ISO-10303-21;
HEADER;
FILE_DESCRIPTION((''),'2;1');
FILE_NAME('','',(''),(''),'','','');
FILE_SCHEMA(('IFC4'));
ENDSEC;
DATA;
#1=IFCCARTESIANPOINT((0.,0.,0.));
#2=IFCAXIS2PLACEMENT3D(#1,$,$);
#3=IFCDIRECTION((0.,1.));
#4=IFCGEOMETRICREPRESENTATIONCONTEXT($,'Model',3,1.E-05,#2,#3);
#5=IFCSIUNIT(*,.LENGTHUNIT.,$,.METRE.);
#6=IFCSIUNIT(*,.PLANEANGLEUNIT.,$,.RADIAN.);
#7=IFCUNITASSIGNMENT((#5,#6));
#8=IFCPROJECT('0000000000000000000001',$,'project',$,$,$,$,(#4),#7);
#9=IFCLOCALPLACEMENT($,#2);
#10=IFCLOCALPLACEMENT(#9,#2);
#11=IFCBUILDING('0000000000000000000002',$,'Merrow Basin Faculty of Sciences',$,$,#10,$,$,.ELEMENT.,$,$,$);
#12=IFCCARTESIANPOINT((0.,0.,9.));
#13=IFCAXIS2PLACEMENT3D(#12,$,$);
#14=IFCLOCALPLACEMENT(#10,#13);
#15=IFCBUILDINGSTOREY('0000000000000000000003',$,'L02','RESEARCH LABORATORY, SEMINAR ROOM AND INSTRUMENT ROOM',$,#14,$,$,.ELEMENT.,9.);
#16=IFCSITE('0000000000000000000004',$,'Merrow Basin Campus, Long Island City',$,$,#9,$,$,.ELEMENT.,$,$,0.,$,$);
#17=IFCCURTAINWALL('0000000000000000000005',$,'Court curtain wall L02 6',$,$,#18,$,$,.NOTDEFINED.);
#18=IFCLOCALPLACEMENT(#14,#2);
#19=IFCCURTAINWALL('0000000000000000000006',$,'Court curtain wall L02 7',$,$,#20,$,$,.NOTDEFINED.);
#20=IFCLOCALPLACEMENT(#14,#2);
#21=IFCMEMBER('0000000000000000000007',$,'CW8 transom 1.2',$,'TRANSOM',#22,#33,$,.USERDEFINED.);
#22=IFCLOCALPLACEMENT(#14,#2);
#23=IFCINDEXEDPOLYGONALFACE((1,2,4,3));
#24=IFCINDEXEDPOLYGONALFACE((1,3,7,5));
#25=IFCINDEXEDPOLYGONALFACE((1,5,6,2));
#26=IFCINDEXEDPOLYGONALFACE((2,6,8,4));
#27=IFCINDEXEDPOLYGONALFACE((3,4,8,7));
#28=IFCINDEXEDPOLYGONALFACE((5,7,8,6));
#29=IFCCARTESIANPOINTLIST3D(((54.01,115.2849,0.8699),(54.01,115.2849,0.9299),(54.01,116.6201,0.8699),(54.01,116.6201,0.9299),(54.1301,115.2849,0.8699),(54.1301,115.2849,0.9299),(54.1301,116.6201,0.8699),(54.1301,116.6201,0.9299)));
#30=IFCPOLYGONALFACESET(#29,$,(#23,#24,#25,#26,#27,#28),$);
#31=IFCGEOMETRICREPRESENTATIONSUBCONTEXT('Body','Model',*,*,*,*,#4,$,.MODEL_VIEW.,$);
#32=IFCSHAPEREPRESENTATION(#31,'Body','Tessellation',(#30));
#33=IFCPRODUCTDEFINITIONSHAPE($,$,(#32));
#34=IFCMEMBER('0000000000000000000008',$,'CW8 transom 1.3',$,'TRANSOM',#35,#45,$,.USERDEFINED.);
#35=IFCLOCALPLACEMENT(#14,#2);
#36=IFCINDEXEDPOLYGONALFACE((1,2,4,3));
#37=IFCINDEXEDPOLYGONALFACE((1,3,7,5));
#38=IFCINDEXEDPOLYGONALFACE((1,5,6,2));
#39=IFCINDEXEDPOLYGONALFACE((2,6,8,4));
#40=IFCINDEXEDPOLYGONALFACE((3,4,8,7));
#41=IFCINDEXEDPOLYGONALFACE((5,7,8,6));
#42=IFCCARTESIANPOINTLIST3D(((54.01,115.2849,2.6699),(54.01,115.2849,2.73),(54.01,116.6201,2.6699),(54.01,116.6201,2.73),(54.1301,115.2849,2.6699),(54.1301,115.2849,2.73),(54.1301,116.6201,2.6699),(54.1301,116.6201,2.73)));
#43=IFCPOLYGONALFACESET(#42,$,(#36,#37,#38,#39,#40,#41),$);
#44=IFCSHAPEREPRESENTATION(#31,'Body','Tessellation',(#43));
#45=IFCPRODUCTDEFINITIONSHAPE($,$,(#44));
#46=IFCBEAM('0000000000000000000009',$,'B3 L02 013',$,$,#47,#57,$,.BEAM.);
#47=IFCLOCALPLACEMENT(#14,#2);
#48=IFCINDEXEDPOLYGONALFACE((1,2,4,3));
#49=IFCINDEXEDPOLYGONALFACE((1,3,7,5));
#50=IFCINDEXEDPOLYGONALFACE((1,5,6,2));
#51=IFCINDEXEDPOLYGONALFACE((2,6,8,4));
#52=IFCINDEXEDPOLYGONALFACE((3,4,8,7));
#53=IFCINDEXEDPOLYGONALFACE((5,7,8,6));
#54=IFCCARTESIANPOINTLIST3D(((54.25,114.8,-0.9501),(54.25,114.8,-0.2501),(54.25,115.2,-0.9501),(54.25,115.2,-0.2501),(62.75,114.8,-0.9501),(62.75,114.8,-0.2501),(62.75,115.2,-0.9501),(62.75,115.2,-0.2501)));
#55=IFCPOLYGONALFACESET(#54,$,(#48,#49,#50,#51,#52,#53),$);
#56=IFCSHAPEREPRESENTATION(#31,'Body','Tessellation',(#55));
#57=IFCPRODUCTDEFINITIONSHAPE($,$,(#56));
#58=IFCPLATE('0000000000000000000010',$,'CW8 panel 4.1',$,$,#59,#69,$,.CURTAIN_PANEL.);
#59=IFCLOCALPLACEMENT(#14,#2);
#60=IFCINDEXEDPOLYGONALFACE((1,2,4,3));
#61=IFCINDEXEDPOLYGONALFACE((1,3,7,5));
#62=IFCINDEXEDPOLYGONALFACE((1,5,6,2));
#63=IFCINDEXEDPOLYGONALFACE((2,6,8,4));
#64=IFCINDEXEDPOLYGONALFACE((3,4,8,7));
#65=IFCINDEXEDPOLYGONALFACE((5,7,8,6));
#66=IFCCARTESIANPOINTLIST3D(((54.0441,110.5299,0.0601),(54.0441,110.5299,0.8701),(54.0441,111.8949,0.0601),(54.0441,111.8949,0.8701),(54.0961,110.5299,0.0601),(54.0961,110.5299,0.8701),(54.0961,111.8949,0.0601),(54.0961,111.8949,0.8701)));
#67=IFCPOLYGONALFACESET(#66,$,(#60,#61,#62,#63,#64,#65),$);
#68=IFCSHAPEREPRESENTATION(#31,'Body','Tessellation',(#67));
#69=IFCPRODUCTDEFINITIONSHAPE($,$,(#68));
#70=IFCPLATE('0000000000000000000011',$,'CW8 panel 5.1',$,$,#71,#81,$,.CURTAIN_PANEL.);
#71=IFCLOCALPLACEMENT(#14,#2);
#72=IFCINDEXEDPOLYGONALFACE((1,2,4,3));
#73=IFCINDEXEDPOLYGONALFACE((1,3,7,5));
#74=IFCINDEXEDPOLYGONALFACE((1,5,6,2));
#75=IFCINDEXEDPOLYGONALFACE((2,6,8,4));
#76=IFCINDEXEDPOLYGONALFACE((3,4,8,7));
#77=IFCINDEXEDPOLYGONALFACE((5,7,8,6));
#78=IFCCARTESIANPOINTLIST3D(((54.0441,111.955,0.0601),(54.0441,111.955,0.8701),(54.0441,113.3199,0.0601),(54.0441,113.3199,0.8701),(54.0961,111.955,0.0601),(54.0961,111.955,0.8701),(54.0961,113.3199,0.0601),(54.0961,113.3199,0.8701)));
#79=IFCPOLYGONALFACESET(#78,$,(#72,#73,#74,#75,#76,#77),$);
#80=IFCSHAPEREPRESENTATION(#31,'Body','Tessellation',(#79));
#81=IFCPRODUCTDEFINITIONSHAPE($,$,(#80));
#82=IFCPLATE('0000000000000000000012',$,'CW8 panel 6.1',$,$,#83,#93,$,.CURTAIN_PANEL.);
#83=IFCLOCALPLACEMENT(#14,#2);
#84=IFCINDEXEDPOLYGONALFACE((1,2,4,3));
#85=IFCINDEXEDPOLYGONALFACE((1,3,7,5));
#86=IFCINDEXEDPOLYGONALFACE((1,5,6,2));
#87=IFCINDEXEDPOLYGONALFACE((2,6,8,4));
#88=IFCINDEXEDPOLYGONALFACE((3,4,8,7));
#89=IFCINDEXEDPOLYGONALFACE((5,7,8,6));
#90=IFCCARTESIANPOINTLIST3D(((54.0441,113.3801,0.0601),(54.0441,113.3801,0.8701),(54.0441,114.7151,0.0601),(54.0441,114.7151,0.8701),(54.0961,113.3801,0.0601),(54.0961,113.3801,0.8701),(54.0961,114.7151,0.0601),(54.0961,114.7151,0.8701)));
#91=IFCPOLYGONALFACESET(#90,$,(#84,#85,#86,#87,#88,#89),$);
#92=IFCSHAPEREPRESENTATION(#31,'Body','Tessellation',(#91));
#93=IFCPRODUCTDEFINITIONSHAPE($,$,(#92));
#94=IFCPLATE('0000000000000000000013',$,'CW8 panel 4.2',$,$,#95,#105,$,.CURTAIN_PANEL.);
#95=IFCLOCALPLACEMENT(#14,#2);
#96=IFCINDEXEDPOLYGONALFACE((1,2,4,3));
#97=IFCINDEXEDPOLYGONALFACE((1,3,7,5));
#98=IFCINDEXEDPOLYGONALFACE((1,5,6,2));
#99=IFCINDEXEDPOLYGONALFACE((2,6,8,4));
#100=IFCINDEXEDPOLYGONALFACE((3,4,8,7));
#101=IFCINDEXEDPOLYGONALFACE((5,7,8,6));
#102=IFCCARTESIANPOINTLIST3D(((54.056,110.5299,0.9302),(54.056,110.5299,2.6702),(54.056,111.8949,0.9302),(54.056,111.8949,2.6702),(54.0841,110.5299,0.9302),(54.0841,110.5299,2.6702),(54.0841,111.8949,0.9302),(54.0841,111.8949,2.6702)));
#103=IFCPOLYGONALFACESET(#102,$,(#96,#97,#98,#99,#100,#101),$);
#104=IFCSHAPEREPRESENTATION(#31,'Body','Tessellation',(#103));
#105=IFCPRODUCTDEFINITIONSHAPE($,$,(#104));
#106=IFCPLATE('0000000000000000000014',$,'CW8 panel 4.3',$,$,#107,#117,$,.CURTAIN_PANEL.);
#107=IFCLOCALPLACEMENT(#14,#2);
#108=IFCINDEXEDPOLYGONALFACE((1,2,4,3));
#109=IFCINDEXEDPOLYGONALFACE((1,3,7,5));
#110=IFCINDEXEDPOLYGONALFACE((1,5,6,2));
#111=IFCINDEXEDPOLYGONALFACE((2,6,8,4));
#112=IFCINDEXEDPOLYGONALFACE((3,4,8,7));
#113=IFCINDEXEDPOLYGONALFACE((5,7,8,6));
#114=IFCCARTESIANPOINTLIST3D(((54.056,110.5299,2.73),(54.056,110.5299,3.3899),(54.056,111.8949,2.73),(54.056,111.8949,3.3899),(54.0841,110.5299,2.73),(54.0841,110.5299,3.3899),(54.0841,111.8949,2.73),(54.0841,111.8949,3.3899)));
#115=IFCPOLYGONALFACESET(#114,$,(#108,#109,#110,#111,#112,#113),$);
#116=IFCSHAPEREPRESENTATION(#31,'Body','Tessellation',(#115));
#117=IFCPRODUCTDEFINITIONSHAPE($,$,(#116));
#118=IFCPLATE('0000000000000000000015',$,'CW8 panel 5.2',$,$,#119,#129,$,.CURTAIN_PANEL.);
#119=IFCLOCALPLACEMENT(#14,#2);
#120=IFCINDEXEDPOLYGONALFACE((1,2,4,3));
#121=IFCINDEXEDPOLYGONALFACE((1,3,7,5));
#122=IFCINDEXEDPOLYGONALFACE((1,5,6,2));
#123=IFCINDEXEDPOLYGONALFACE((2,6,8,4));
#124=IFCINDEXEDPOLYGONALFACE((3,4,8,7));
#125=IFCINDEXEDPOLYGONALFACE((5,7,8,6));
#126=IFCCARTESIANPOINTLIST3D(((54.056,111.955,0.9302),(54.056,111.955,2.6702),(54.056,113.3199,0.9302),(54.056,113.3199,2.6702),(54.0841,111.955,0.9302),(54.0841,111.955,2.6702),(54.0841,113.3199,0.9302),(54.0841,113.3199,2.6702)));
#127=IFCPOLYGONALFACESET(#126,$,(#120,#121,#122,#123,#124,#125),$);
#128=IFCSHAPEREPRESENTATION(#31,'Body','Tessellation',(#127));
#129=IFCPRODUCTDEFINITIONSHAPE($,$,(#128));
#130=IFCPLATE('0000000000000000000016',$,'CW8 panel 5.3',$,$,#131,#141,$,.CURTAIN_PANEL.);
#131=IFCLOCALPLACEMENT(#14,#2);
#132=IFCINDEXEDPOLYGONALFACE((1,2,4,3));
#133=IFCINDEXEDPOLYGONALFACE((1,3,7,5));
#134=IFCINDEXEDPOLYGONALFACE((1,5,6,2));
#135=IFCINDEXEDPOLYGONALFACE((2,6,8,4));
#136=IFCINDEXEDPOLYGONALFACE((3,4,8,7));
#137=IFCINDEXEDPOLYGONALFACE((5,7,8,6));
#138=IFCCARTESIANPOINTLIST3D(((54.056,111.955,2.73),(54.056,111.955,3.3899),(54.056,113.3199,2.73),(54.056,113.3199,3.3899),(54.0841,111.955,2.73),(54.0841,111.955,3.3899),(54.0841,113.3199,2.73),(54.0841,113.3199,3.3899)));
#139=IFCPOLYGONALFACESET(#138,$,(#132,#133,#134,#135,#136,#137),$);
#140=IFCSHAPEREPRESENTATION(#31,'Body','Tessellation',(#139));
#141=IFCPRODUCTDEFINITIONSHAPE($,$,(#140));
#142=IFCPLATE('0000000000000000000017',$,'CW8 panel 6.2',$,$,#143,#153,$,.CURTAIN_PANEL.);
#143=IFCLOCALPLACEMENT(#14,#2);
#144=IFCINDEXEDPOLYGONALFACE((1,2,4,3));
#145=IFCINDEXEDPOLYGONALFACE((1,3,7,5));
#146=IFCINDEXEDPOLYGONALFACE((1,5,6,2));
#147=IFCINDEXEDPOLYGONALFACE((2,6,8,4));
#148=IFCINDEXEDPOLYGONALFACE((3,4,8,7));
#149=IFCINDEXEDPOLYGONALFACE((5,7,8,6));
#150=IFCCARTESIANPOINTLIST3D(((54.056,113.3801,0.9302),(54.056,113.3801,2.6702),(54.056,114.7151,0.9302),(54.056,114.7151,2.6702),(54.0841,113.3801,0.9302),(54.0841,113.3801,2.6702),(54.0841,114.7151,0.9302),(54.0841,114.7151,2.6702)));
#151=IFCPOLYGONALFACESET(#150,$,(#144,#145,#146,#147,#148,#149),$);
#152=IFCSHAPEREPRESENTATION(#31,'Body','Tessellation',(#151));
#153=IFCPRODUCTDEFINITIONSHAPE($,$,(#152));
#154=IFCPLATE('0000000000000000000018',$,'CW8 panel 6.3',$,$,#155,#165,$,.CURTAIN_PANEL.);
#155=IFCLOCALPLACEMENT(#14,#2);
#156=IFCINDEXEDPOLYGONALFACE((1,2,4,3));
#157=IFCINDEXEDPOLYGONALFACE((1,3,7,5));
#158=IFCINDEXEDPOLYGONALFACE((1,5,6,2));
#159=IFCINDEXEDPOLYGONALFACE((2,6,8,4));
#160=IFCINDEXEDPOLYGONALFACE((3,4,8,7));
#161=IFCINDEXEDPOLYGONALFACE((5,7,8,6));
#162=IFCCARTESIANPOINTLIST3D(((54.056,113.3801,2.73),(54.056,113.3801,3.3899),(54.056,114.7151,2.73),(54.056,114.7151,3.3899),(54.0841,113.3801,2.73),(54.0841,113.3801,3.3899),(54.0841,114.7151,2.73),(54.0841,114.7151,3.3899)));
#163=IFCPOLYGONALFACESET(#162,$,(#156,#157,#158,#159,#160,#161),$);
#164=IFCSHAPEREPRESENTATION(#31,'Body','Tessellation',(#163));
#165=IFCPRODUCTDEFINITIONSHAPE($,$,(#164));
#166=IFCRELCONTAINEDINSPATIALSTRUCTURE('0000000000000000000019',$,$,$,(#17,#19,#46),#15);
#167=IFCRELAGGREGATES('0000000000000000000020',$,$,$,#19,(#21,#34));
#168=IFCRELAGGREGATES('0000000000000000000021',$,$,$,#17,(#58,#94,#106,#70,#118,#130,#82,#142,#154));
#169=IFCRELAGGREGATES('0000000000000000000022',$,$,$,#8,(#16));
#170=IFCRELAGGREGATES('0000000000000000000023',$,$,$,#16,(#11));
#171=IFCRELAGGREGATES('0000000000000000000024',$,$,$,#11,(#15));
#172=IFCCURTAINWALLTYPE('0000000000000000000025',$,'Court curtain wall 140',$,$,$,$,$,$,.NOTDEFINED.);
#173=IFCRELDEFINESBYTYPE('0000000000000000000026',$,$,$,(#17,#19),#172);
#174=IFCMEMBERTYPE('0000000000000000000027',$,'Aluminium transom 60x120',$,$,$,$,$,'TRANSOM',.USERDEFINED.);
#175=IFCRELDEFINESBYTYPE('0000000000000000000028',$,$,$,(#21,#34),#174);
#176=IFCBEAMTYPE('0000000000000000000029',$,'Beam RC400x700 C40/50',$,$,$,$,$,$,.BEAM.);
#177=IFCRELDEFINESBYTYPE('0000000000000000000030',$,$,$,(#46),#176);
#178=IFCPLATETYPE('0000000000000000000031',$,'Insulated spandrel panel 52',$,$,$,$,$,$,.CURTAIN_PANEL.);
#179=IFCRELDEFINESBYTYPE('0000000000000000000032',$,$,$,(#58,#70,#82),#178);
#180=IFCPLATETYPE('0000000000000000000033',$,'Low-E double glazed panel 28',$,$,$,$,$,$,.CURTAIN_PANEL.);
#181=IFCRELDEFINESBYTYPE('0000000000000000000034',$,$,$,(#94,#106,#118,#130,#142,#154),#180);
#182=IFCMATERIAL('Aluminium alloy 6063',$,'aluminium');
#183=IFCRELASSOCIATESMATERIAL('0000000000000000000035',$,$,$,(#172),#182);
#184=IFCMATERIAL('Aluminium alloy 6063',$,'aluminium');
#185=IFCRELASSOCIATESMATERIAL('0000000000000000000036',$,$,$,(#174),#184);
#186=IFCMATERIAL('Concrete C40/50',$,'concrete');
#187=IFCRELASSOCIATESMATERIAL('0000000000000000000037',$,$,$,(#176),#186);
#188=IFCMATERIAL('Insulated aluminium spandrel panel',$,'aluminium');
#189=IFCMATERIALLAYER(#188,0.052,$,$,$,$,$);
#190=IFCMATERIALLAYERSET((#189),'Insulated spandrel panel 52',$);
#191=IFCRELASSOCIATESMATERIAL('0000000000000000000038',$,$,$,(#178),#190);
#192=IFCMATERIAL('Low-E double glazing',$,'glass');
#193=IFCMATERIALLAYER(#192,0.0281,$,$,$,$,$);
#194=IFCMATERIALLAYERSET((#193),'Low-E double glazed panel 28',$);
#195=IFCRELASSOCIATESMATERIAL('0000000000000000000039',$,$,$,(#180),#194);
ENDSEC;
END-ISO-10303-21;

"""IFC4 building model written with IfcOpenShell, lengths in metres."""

from ifc_helpers import new_model, si_unit, direction, frame, origin, origin_2d, place, context, subcontext, project, spatial, rectangle, extrude, material, layer, layer_set, material_profile, profile_set, type_object, element, aggregate, save


model = new_model("IFC4")

# Units and contexts
model_context = context("Model", 3, precision=1e-05, world=origin(), true_north=direction((0.0, 1.0)))
body_context = subcontext(model_context, "Body", "Model", "MODEL_VIEW")
ifc_project = project(units=[si_unit("LENGTHUNIT", "METRE"), si_unit("PLANEANGLEUNIT", "RADIAN")], contexts=[model_context])

# Site, building, storey
site_placement = place(None, origin())
site = spatial("IfcSite", under=ifc_project, at=site_placement, Name="Merrow Basin Campus, Long Island City", CompositionType="ELEMENT", RefElevation=0.0)
building_placement = place(site_placement, origin())
building = spatial("IfcBuilding", under=site, at=building_placement, Name="Merrow Basin Faculty of Sciences", CompositionType="ELEMENT")
storey_placement = place(building_placement, frame((0.0, 0.0, 9.0)))
storey = spatial("IfcBuildingStorey", under=building, at=storey_placement, Name="L02", Description="RESEARCH LABORATORY, SEMINAR ROOM AND INSTRUMENT ROOM", CompositionType="ELEMENT", Elevation=9.0)

# Curtain wall
ifc_material_1 = material(Name="Aluminium alloy 6063", Category="aluminium")
curtain_wall_type = type_object("IfcCurtainWallType", Name="Court curtain wall 140", PredefinedType="NOTDEFINED", material=ifc_material_1)
curtain_wall_1_placement = place(storey_placement, origin())
curtain_wall_1 = element("IfcCurtainWall", 1, at=curtain_wall_1_placement, inside=storey, type_object=curtain_wall_type, Name="Court curtain wall L02 6", PredefinedType="NOTDEFINED")

# Curtain wall
curtain_wall_2_placement = place(storey_placement, origin())
curtain_wall_2 = element("IfcCurtainWall", 2, at=curtain_wall_2_placement, inside=storey, type_object=curtain_wall_type, Name="Court curtain wall L02 7", PredefinedType="NOTDEFINED")

# Members
ifc_material_2 = material(Name="Aluminium alloy 6063", Category="aluminium")
ifc_material_profile_1 = material_profile(ifc_material_2, rectangle(XDim=0.1201, YDim=0.0601, at=origin_2d()))
ifc_profile_set_1 = profile_set([ifc_material_profile_1], Name="Aluminium alloy 6063")
member_type_1 = type_object("IfcMemberType", Name="Aluminium transom 60x120", ElementType="TRANSOM", PredefinedType="USERDEFINED", material=ifc_profile_set_1)
member_1_placement = place(storey_placement, frame((54.0701, 115.2849, 0.8999), z_axis=(0.0, 1.0, 0.0), x_axis=(-1.0, 0.0, 0.0)))
member_1 = element("IfcMember", 3, at=member_1_placement, type_object=member_type_1, Name="CW8 transom 1.2", ObjectType="TRANSOM", PredefinedType="USERDEFINED", context=body_context, shape_type="SweptSolid", body=[
    extrude(rectangle(XDim=0.1201, YDim=0.0601, at=origin_2d()), origin(), (0.0, 0.0, 1.0), 1.3352),
])
member_2_placement = place(storey_placement, frame((54.0701, 115.2849, 2.7), z_axis=(0.0, 1.0, 0.0), x_axis=(-1.0, 0.0, 0.0)))
member_2 = element("IfcMember", 4, at=member_2_placement, type_object=member_type_1, Name="CW8 transom 1.3", ObjectType="TRANSOM", PredefinedType="USERDEFINED", context=body_context, shape_type="SweptSolid", body=[
    extrude(rectangle(XDim=0.1201, YDim=0.0601, at=origin_2d()), origin(), (0.0, 0.0, 1.0), 1.3352),
])
aggregate(curtain_wall_2, [member_1, member_2])

# Beam
ifc_material_3 = material(Name="Concrete C40/50", Category="concrete")
ifc_material_profile_2 = material_profile(ifc_material_3, rectangle(XDim=0.3999, YDim=0.7, at=origin_2d()))
ifc_profile_set_2 = profile_set([ifc_material_profile_2], Name="Concrete C40/50")
beam_type = type_object("IfcBeamType", Name="Beam RC400x700 C40/50", PredefinedType="BEAM", material=ifc_profile_set_2)
beam_placement = place(storey_placement, frame((54.25, 115.0, -0.6001), z_axis=(1.0, 0.0, 0.0), x_axis=(0.0, 1.0, 0.0)))
element("IfcBeam", 5, at=beam_placement, inside=storey, type_object=beam_type, Name="B3 L02 013", PredefinedType="BEAM", context=body_context, shape_type="SweptSolid", body=[
    extrude(rectangle(XDim=0.3999, YDim=0.7, at=origin_2d()), origin(), (0.0, 0.0, 1.0), 8.5),
])

# Plates
ifc_material_4 = material(Name="Insulated aluminium spandrel panel", Category="aluminium")
ifc_layer_1 = layer(ifc_material_4, 0.052)
ifc_layer_set_1 = layer_set([ifc_layer_1], Name="Insulated spandrel panel 52")
plate_type_1 = type_object("IfcPlateType", Name="Insulated spandrel panel 52", PredefinedType="CURTAIN_PANEL", material=ifc_layer_set_1)
plate_1_placement = place(storey_placement, frame((54.0701, 111.2124, 0.0601), z_axis=(0.0, 0.0, 1.0), x_axis=(0.0, 1.0, 0.0)))
plate_1 = element("IfcPlate", 6, at=plate_1_placement, type_object=plate_type_1, Name="CW8 panel 4.1", PredefinedType="CURTAIN_PANEL", context=body_context, shape_type="SweptSolid", body=[
    extrude(rectangle(XDim=1.365, YDim=0.052, at=origin_2d()), origin(), (0.0, 0.0, 1.0), 0.8101),
])
plate_2_placement = place(storey_placement, frame((54.0701, 112.6375, 0.0601), z_axis=(0.0, 0.0, 1.0), x_axis=(0.0, 1.0, 0.0)))
plate_2 = element("IfcPlate", 7, at=plate_2_placement, type_object=plate_type_1, Name="CW8 panel 5.1", PredefinedType="CURTAIN_PANEL", context=body_context, shape_type="SweptSolid", body=[
    extrude(rectangle(XDim=1.365, YDim=0.052, at=origin_2d()), origin(), (0.0, 0.0, 1.0), 0.8101),
])
plate_3_placement = place(storey_placement, frame((54.0701, 114.0476, 0.0601), z_axis=(0.0, 0.0, 1.0), x_axis=(0.0, 1.0, 0.0)))
plate_3 = element("IfcPlate", 8, at=plate_3_placement, type_object=plate_type_1, Name="CW8 panel 6.1", PredefinedType="CURTAIN_PANEL", context=body_context, shape_type="SweptSolid", body=[
    extrude(rectangle(XDim=1.335, YDim=0.052, at=origin_2d()), origin(), (0.0, 0.0, 1.0), 0.8101),
])
ifc_material_5 = material(Name="Low-E double glazing", Category="glass")
ifc_layer_2 = layer(ifc_material_5, 0.0281)
ifc_layer_set_2 = layer_set([ifc_layer_2], Name="Low-E double glazed panel 28")
plate_type_2 = type_object("IfcPlateType", Name="Low-E double glazed panel 28", PredefinedType="CURTAIN_PANEL", material=ifc_layer_set_2)
plate_4_placement = place(storey_placement, frame((54.0701, 111.2124, 0.9302), z_axis=(0.0, 0.0, 1.0), x_axis=(0.0, 1.0, 0.0)))
plate_4 = element("IfcPlate", 9, at=plate_4_placement, type_object=plate_type_2, Name="CW8 panel 4.2", PredefinedType="CURTAIN_PANEL", context=body_context, shape_type="SweptSolid", body=[
    extrude(rectangle(XDim=1.365, YDim=0.0281, at=origin_2d()), origin(), (0.0, 0.0, 1.0), 1.74),
])
plate_5_placement = place(storey_placement, frame((54.0701, 111.2124, 2.73), z_axis=(0.0, 0.0, 1.0), x_axis=(0.0, 1.0, 0.0)))
plate_5 = element("IfcPlate", 10, at=plate_5_placement, type_object=plate_type_2, Name="CW8 panel 4.3", PredefinedType="CURTAIN_PANEL", context=body_context, shape_type="SweptSolid", body=[
    extrude(rectangle(XDim=1.365, YDim=0.0281, at=origin_2d()), origin(), (0.0, 0.0, 1.0), 0.6599),
])
plate_6_placement = place(storey_placement, frame((54.0701, 112.6375, 0.9302), z_axis=(0.0, 0.0, 1.0), x_axis=(0.0, 1.0, 0.0)))
plate_6 = element("IfcPlate", 11, at=plate_6_placement, type_object=plate_type_2, Name="CW8 panel 5.2", PredefinedType="CURTAIN_PANEL", context=body_context, shape_type="SweptSolid", body=[
    extrude(rectangle(XDim=1.365, YDim=0.0281, at=origin_2d()), origin(), (0.0, 0.0, 1.0), 1.74),
])
plate_7_placement = place(storey_placement, frame((54.0701, 112.6375, 2.73), z_axis=(0.0, 0.0, 1.0), x_axis=(0.0, 1.0, 0.0)))
plate_7 = element("IfcPlate", 12, at=plate_7_placement, type_object=plate_type_2, Name="CW8 panel 5.3", PredefinedType="CURTAIN_PANEL", context=body_context, shape_type="SweptSolid", body=[
    extrude(rectangle(XDim=1.365, YDim=0.0281, at=origin_2d()), origin(), (0.0, 0.0, 1.0), 0.6599),
])
plate_8_placement = place(storey_placement, frame((54.0701, 114.0476, 0.9302), z_axis=(0.0, 0.0, 1.0), x_axis=(0.0, 1.0, 0.0)))
plate_8 = element("IfcPlate", 13, at=plate_8_placement, type_object=plate_type_2, Name="CW8 panel 6.2", PredefinedType="CURTAIN_PANEL", context=body_context, shape_type="SweptSolid", body=[
    extrude(rectangle(XDim=1.335, YDim=0.0281, at=origin_2d()), origin(), (0.0, 0.0, 1.0), 1.74),
])
plate_9_placement = place(storey_placement, frame((54.0701, 114.0476, 2.73), z_axis=(0.0, 0.0, 1.0), x_axis=(0.0, 1.0, 0.0)))
plate_9 = element("IfcPlate", 14, at=plate_9_placement, type_object=plate_type_2, Name="CW8 panel 6.3", PredefinedType="CURTAIN_PANEL", context=body_context, shape_type="SweptSolid", body=[
    extrude(rectangle(XDim=1.335, YDim=0.0281, at=origin_2d()), origin(), (0.0, 0.0, 1.0), 0.6599),
])
aggregate(curtain_wall_1, [plate_1, plate_4, plate_5, plate_2, plate_6, plate_7, plate_3, plate_8, plate_9])

save(model, "model.ifc")
